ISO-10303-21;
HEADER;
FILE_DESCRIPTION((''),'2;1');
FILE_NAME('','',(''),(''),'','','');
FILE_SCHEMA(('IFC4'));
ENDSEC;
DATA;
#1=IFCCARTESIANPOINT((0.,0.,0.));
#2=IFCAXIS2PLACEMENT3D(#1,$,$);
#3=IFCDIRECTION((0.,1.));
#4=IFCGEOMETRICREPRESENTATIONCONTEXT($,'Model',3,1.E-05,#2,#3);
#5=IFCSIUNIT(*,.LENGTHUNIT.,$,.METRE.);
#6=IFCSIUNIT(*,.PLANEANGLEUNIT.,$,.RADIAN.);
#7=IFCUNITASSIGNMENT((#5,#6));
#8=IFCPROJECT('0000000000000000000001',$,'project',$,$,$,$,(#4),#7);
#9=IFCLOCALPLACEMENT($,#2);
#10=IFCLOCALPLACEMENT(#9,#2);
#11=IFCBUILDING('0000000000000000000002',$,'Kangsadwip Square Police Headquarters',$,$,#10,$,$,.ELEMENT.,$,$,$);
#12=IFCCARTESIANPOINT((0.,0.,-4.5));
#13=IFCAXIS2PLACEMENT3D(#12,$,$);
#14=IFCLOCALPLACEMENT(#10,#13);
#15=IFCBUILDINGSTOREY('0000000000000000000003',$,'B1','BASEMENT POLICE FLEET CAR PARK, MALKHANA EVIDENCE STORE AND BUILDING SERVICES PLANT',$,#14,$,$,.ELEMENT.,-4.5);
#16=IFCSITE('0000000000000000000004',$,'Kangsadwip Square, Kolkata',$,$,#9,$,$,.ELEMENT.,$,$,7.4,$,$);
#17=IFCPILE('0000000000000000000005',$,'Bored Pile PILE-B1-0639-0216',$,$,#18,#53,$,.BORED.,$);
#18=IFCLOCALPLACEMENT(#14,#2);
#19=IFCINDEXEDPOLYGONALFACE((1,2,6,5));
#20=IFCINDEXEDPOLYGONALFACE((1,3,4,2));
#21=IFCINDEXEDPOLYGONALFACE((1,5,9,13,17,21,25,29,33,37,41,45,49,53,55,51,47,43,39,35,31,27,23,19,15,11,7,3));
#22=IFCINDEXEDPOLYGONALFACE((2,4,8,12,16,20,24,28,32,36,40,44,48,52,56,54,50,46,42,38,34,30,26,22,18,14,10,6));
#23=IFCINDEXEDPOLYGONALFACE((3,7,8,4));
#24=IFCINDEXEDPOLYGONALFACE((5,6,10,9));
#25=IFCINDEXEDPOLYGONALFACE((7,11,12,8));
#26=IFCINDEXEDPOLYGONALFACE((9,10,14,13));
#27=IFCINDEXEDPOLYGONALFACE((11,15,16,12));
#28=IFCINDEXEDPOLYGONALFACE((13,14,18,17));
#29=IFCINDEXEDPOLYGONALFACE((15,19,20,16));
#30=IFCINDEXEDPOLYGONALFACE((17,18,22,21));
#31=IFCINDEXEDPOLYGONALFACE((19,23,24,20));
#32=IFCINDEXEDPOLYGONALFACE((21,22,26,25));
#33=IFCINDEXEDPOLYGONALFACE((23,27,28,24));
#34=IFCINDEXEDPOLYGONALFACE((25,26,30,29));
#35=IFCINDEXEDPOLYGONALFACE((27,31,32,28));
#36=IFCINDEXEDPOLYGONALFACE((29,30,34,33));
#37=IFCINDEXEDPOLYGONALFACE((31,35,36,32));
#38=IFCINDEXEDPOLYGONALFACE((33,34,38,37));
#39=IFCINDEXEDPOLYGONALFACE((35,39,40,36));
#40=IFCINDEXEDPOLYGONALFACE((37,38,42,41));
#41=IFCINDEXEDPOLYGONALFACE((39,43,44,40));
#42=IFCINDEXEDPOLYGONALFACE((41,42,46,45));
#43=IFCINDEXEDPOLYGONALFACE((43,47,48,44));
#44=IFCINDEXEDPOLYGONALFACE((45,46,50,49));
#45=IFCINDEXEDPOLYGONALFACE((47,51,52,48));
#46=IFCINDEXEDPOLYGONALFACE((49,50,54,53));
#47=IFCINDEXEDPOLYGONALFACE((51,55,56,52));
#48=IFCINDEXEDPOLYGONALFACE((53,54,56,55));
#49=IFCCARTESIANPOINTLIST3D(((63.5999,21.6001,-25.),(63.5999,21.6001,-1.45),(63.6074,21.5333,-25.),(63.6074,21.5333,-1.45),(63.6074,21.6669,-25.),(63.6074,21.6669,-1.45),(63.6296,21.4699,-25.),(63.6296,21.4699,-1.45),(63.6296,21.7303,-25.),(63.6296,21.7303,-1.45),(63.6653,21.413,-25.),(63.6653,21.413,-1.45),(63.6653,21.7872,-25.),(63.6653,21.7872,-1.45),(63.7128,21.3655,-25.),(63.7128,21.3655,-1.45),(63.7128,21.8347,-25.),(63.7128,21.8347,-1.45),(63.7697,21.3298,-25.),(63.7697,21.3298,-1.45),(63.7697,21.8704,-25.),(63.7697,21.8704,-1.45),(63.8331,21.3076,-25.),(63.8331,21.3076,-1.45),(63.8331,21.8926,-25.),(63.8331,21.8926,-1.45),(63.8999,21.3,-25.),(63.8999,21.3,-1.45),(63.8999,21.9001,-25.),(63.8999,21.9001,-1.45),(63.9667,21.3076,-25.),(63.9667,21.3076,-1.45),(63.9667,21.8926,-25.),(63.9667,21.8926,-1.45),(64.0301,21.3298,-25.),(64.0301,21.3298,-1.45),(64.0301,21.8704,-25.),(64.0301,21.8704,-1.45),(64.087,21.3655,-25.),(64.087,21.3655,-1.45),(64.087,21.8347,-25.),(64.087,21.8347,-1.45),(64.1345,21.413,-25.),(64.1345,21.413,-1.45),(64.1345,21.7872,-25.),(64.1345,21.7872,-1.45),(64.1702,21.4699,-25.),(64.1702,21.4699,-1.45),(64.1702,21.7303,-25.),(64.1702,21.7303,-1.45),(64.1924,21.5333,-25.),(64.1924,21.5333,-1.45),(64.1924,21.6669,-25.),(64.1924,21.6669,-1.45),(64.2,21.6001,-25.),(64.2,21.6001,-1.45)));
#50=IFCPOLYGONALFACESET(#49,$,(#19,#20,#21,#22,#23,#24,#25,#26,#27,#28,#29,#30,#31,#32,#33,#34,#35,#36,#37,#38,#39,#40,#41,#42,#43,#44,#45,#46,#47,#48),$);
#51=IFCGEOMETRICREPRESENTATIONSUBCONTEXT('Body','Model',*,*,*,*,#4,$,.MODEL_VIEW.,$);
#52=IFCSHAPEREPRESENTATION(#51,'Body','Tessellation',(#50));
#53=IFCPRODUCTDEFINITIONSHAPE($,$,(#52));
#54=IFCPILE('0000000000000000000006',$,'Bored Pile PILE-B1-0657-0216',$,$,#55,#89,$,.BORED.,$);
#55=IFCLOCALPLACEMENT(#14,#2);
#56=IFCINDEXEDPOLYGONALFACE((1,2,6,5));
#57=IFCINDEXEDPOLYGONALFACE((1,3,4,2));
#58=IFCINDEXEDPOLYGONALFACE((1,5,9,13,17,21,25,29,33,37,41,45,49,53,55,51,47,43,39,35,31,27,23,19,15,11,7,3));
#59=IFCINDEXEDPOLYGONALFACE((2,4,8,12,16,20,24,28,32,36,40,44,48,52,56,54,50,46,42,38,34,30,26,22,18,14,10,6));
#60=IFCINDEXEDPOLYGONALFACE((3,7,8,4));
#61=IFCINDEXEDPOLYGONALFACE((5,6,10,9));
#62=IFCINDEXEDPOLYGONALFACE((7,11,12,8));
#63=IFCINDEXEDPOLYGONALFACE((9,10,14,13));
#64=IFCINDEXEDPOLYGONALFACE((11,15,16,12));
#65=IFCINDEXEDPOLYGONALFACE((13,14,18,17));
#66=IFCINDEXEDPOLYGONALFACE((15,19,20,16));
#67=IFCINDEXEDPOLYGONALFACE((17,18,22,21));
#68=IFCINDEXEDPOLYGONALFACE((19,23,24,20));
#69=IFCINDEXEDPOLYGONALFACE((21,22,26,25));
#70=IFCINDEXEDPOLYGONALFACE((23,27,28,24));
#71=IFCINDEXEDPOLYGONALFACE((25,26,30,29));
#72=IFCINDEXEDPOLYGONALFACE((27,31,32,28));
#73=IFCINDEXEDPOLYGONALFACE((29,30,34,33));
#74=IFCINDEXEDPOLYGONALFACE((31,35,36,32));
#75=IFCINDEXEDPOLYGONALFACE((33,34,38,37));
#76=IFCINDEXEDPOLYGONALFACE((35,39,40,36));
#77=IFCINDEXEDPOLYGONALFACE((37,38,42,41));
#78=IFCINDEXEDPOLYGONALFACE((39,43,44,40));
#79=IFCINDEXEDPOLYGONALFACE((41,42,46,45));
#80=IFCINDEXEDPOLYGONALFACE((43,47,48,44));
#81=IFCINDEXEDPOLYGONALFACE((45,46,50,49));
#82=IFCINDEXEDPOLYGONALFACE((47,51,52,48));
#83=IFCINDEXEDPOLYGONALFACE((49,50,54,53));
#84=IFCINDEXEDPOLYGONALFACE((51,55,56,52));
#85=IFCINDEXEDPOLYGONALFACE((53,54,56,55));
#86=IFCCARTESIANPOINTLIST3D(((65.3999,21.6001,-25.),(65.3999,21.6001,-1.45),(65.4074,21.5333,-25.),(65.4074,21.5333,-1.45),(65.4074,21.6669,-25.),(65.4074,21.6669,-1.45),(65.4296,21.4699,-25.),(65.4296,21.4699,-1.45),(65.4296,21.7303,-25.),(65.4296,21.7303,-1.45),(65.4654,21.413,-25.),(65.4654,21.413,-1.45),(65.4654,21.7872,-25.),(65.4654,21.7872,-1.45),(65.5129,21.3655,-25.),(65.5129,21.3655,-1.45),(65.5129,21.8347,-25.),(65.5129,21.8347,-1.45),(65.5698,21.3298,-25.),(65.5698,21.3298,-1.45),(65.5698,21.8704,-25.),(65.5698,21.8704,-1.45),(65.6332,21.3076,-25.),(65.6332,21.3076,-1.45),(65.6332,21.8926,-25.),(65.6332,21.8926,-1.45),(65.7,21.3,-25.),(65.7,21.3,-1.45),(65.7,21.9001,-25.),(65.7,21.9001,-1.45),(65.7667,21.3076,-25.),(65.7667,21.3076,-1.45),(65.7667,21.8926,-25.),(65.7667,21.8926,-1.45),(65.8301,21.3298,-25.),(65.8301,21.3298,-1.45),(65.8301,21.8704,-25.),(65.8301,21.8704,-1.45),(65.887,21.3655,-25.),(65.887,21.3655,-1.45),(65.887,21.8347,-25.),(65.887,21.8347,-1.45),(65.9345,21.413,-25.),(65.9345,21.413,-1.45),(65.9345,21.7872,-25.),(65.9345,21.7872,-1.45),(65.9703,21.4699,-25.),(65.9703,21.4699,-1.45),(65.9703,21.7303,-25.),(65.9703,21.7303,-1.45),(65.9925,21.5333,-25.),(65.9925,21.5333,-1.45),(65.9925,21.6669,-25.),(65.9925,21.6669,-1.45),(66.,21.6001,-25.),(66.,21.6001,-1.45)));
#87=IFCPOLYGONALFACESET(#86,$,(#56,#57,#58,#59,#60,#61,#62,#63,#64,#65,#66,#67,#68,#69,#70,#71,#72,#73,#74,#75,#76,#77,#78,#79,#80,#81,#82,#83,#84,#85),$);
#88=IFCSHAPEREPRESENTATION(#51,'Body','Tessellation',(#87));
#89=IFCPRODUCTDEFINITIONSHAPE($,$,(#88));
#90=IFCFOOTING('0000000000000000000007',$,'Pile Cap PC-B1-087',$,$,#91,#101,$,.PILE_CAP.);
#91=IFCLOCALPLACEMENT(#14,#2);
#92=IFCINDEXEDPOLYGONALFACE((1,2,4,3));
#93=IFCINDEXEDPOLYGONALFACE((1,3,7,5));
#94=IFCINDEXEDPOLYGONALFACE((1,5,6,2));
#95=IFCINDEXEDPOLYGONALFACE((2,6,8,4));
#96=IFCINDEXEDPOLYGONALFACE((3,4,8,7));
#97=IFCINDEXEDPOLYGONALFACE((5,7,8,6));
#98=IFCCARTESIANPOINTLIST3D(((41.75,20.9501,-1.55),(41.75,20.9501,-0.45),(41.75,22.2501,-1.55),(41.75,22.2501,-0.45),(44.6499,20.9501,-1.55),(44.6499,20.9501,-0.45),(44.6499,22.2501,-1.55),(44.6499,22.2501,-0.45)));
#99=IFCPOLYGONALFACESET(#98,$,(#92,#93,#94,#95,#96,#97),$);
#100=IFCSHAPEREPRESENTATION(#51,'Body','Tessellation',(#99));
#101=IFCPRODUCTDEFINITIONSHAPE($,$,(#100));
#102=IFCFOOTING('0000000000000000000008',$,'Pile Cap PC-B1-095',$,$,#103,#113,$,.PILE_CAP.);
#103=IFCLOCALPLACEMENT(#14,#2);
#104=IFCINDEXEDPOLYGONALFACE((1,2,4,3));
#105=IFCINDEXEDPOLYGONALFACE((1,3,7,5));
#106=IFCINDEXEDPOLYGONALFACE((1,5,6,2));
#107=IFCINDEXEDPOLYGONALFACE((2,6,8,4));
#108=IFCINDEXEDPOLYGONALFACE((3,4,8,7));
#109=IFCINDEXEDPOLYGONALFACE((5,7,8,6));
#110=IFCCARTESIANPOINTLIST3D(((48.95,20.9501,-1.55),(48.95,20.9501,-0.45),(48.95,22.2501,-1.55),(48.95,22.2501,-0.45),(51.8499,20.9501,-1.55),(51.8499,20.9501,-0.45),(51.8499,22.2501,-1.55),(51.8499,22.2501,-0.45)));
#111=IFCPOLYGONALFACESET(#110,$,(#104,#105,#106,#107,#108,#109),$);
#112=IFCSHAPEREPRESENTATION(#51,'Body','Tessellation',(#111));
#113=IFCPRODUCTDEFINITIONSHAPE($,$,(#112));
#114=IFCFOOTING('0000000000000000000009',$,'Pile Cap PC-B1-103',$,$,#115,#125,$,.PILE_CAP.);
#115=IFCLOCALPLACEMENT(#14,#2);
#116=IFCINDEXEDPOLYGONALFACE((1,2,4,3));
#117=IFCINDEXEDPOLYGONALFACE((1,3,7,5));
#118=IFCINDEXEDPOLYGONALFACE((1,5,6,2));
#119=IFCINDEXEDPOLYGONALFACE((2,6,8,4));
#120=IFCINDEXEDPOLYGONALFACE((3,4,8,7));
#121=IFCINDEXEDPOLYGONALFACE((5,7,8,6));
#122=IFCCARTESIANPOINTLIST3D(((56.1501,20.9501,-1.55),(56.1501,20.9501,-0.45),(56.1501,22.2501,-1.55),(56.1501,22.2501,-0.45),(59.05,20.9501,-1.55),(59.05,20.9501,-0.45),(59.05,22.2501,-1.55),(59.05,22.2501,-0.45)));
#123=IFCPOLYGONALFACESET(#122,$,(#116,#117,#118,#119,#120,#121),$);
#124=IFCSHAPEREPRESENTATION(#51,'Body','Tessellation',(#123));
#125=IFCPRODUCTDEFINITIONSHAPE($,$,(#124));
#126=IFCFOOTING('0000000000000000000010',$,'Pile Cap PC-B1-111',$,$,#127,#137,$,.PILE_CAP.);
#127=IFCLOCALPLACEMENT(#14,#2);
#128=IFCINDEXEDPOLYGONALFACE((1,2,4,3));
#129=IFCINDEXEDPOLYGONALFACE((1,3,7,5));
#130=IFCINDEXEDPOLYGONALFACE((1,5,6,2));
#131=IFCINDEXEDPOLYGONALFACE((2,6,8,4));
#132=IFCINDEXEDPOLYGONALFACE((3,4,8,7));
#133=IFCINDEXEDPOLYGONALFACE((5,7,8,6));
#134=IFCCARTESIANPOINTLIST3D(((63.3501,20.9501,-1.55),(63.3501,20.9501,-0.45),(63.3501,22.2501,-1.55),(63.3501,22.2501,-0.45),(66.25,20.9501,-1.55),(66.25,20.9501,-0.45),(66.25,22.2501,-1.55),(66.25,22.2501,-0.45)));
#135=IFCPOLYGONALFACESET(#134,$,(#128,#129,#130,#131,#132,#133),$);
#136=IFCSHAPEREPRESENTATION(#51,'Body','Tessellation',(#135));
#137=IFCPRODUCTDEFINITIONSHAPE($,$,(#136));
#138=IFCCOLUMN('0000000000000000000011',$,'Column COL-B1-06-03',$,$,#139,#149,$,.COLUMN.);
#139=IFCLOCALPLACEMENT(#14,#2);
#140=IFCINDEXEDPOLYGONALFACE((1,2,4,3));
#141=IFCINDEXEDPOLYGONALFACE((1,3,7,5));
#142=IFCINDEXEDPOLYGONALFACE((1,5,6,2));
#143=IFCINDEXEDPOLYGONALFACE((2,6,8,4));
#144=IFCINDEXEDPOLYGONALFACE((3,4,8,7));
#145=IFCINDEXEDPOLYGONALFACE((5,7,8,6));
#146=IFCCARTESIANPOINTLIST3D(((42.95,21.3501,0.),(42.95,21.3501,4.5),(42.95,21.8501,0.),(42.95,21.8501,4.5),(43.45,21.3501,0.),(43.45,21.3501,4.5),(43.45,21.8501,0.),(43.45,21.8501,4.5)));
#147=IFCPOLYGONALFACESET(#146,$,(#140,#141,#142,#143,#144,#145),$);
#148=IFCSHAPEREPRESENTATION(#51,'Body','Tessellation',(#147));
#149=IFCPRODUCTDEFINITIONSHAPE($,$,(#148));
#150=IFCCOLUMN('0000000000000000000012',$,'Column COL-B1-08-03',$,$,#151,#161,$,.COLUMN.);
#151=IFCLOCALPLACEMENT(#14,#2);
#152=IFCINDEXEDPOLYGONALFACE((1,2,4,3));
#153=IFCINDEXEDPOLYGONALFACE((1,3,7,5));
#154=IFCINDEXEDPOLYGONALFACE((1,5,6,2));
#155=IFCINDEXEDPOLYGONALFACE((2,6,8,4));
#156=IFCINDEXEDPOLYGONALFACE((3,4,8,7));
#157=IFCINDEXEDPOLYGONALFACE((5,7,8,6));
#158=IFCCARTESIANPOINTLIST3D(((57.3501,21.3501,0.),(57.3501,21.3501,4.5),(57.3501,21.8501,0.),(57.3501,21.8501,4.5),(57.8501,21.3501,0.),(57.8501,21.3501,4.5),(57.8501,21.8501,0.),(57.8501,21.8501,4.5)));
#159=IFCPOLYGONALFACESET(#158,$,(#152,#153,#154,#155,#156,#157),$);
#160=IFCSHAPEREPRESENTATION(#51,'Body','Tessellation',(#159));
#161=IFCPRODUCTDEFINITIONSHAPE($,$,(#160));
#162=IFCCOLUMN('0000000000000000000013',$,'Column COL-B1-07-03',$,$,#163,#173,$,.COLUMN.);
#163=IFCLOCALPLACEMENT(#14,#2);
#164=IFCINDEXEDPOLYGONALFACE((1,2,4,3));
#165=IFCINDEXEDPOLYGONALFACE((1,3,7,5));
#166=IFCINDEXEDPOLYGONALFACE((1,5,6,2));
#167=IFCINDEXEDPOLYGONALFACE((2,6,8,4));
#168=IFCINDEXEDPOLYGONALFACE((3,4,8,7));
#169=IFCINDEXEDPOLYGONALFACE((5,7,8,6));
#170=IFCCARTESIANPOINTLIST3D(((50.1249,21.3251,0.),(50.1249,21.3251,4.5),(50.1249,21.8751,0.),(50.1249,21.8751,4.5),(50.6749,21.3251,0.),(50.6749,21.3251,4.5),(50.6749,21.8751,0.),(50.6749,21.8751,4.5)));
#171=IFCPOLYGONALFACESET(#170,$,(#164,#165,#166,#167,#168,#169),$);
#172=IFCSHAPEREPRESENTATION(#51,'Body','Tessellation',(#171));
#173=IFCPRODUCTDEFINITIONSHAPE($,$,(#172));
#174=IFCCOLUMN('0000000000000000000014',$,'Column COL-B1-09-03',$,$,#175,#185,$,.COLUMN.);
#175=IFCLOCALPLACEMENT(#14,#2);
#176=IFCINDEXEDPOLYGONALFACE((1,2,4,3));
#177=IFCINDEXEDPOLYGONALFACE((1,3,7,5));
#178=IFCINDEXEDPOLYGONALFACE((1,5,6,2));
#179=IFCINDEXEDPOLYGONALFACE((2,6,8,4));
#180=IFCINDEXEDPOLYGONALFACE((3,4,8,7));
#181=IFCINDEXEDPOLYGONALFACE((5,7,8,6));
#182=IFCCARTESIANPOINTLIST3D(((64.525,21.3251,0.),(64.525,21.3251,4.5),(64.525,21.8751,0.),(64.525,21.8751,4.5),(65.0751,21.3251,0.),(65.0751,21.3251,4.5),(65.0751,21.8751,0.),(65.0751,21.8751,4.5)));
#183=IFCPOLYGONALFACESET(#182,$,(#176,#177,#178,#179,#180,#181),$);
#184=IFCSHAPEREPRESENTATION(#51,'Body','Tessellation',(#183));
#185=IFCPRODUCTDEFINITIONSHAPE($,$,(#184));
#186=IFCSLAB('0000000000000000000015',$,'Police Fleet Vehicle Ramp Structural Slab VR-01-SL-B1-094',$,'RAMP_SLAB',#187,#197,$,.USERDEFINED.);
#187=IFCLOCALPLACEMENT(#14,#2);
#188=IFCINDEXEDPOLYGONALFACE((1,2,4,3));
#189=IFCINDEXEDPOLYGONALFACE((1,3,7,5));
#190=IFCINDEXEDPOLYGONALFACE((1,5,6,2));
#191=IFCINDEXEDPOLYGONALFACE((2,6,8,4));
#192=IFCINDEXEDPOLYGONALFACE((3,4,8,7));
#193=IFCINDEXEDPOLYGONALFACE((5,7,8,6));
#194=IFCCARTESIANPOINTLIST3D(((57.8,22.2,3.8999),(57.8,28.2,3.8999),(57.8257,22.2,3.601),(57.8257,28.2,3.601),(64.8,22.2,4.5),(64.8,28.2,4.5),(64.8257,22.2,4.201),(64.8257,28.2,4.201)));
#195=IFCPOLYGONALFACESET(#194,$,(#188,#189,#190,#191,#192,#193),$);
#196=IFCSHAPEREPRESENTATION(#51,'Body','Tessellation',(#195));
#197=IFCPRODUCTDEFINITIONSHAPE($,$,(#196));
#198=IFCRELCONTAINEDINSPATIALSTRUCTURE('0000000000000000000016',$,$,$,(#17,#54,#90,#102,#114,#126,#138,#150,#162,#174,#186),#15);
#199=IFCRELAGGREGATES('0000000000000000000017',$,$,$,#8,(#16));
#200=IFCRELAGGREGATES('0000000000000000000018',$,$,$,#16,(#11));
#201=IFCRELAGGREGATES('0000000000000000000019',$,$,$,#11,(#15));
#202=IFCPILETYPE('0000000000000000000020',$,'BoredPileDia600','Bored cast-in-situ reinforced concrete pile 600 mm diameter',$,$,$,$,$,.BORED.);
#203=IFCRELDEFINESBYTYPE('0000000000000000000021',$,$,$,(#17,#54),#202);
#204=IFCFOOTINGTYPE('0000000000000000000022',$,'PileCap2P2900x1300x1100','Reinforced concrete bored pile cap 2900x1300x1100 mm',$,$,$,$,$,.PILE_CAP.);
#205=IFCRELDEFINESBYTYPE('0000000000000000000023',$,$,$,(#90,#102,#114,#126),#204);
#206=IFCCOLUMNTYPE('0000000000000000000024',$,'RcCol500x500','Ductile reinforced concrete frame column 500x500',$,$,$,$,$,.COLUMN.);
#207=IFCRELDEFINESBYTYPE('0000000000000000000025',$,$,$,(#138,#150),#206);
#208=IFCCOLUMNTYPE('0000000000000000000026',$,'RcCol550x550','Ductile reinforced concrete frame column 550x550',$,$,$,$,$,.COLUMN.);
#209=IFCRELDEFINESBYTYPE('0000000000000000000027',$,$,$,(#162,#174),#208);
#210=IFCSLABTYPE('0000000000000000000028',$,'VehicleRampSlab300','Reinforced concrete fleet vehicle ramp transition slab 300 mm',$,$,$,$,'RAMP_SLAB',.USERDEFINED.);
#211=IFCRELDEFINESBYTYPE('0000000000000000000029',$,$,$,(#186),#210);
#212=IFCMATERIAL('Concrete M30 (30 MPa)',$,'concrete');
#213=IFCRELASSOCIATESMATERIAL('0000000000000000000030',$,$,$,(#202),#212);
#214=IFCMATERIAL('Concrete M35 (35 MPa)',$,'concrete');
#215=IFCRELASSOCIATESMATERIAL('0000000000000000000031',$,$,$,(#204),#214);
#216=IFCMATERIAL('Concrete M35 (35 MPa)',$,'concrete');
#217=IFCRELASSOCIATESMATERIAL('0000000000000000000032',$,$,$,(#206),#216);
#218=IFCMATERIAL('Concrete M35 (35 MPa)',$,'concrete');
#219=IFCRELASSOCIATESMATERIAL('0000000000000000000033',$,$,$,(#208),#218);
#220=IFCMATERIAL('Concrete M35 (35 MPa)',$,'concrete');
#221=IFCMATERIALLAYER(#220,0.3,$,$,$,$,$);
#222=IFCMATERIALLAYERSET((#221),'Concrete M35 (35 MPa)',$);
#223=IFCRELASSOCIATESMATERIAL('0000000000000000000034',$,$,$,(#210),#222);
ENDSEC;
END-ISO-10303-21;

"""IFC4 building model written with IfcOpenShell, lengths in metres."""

from ifc_helpers import new_model, si_unit, direction, frame, origin, origin_2d, place, context, subcontext, project, spatial, polyline, rectangle, circle, outline, extrude, material, layer, layer_set, material_profile, profile_set, type_object, element, save


model = new_model("IFC4")

# Units and contexts
model_context = context("Model", 3, precision=1e-05, world=origin(), true_north=direction((0.0, 1.0)))
body_context = subcontext(model_context, "Body", "Model", "MODEL_VIEW")
ifc_project = project(units=[si_unit("LENGTHUNIT", "METRE"), si_unit("PLANEANGLEUNIT", "RADIAN")], contexts=[model_context])

# Site, building, storey
site_placement = place(None, origin())
site = spatial("IfcSite", under=ifc_project, at=site_placement, Name="Kangsadwip Square, Kolkata", CompositionType="ELEMENT", RefElevation=7.4)
building_placement = place(site_placement, origin())
building = spatial("IfcBuilding", under=site, at=building_placement, Name="Kangsadwip Square Police Headquarters", CompositionType="ELEMENT")
storey_placement = place(building_placement, frame((0.0, 0.0, -4.5)))
storey = spatial("IfcBuildingStorey", under=building, at=storey_placement, Name="B1", Description="BASEMENT POLICE FLEET CAR PARK, MALKHANA EVIDENCE STORE AND BUILDING SERVICES PLANT", CompositionType="ELEMENT", Elevation=-4.5)

# Piles
ifc_material_1 = material(Name="Concrete M30 (30 MPa)", Category="concrete")
ifc_material_profile_1 = material_profile(ifc_material_1, circle(Radius=0.3, at=origin_2d()), Name="PILE DIA 600")
ifc_profile_set_1 = profile_set([ifc_material_profile_1], Name="Concrete M30 (30 MPa)")
pile_type = type_object("IfcPileType", Name="BoredPileDia600", Description="Bored cast-in-situ reinforced concrete pile 600 mm diameter", PredefinedType="BORED", material=ifc_profile_set_1)
for number, where, z_axis, x_axis, name in (
    (1, (63.8999, 21.6001, -1.45), (0.0, 0.0, -1.0), (1.0, 0.0, 0.0), "Bored Pile PILE-B1-0639-0216"),
    (2, (65.7, 21.6001, -1.45), (0.0, 0.0, -1.0), (1.0, 0.0, 0.0), "Bored Pile PILE-B1-0657-0216"),
):
    element("IfcPile", number, at=place(storey_placement, frame(where, z_axis=z_axis, x_axis=x_axis)), inside=storey, type_object=pile_type, Name=name, PredefinedType="BORED", context=body_context, shape_type="SweptSolid", body=[
        extrude(circle(Radius=0.3, at=origin_2d()), origin(), (0.0, 0.0, 1.0), 23.55),
    ])

# Footings
ifc_material_2 = material(Name="Concrete M35 (35 MPa)", Category="concrete")
footing_type = type_object("IfcFootingType", Name="PileCap2P2900x1300x1100", Description="Reinforced concrete bored pile cap 2900x1300x1100 mm", PredefinedType="PILE_CAP", material=ifc_material_2)
for number, where, z_axis, x_axis, name in (
    (3, (43.2, 21.6001, -1.55), (0.0, 0.0, 1.0), (1.0, 0.0, 0.0), "Pile Cap PC-B1-087"),
    (4, (50.3999, 21.6001, -1.55), (0.0, 0.0, 1.0), (1.0, 0.0, 0.0), "Pile Cap PC-B1-095"),
    (5, (57.6001, 21.6001, -1.55), (0.0, 0.0, 1.0), (1.0, 0.0, 0.0), "Pile Cap PC-B1-103"),
    (6, (64.8, 21.6001, -1.55), (0.0, 0.0, 1.0), (1.0, 0.0, 0.0), "Pile Cap PC-B1-111"),
):
    element("IfcFooting", number, at=place(storey_placement, frame(where, z_axis=z_axis, x_axis=x_axis)), inside=storey, type_object=footing_type, Name=name, PredefinedType="PILE_CAP", context=body_context, shape_type="SweptSolid", body=[
        extrude(rectangle(XDim=2.8999, YDim=1.3, at=origin_2d()), origin(), (0.0, 0.0, 1.0), 1.1001),
    ])

# Columns
ifc_material_3 = material(Name="Concrete M35 (35 MPa)", Category="concrete")
ifc_material_profile_2 = material_profile(ifc_material_3, rectangle(XDim=0.5, YDim=0.5, at=origin_2d()), Name="RC COL 500X500")
ifc_profile_set_2 = profile_set([ifc_material_profile_2], Name="Concrete M35 (35 MPa)")
column_type_1 = type_object("IfcColumnType", Name="RcCol500x500", Description="Ductile reinforced concrete frame column 500x500", PredefinedType="COLUMN", material=ifc_profile_set_2)
for number, where, z_axis, x_axis, name in (
    (7, (43.2, 21.6001, 0.0), (0.0, 0.0, 1.0), (1.0, 0.0, 0.0), "Column COL-B1-06-03"),
    (8, (57.6001, 21.6001, 0.0), (0.0, 0.0, 1.0), (1.0, 0.0, 0.0), "Column COL-B1-08-03"),
):
    element("IfcColumn", number, at=place(storey_placement, frame(where, z_axis=z_axis, x_axis=x_axis)), inside=storey, type_object=column_type_1, Name=name, PredefinedType="COLUMN", context=body_context, shape_type="SweptSolid", body=[
        extrude(rectangle(XDim=0.5, YDim=0.5, at=origin_2d()), origin(), (0.0, 0.0, 1.0), 4.5),
    ])
ifc_material_4 = material(Name="Concrete M35 (35 MPa)", Category="concrete")
ifc_material_profile_3 = material_profile(ifc_material_4, rectangle(XDim=0.55, YDim=0.55, at=origin_2d()), Name="RC COL 550X550")
ifc_profile_set_3 = profile_set([ifc_material_profile_3], Name="Concrete M35 (35 MPa)")
column_type_2 = type_object("IfcColumnType", Name="RcCol550x550", Description="Ductile reinforced concrete frame column 550x550", PredefinedType="COLUMN", material=ifc_profile_set_3)
for number, where, z_axis, x_axis, name in (
    (9, (50.3999, 21.6001, 0.0), (0.0, 0.0, 1.0), (1.0, 0.0, 0.0), "Column COL-B1-07-03"),
    (10, (64.8, 21.6001, 0.0), (0.0, 0.0, 1.0), (1.0, 0.0, 0.0), "Column COL-B1-09-03"),
):
    element("IfcColumn", number, at=place(storey_placement, frame(where, z_axis=z_axis, x_axis=x_axis)), inside=storey, type_object=column_type_2, Name=name, PredefinedType="COLUMN", context=body_context, shape_type="SweptSolid", body=[
        extrude(rectangle(XDim=0.55, YDim=0.55, at=origin_2d()), origin(), (0.0, 0.0, 1.0), 4.5),
    ])

# Slab
ifc_material_5 = material(Name="Concrete M35 (35 MPa)", Category="concrete")
ifc_layer_1 = layer(ifc_material_5, 0.3)
ifc_layer_set_1 = layer_set([ifc_layer_1], Name="Concrete M35 (35 MPa)")
slab_type = type_object("IfcSlabType", Name="VehicleRampSlab300", Description="Reinforced concrete fleet vehicle ramp transition slab 300 mm", ElementType="RAMP_SLAB", PredefinedType="USERDEFINED", material=ifc_layer_set_1)
slab_placement = place(storey_placement, frame((57.8, 22.2, 3.8999), z_axis=(-0.085415, 0.0, 0.996345), x_axis=(0.996345, 0.0, 0.085415)))
element("IfcSlab", 11, at=slab_placement, inside=storey, type_object=slab_type, Name="Police Fleet Vehicle Ramp Structural Slab VR-01-SL-B1-094", ObjectType="RAMP_SLAB", PredefinedType="USERDEFINED", context=body_context, shape_type="SweptSolid", body=[
    extrude(outline(polyline([(0.0, 0.0), (7.0257, 0.0), (7.0257, 6.0), (0.0, 6.0), (0.0, 0.0)])), origin(), (0.0, 0.0, -1.0), 0.3),
])

save(model, "model.ifc")
